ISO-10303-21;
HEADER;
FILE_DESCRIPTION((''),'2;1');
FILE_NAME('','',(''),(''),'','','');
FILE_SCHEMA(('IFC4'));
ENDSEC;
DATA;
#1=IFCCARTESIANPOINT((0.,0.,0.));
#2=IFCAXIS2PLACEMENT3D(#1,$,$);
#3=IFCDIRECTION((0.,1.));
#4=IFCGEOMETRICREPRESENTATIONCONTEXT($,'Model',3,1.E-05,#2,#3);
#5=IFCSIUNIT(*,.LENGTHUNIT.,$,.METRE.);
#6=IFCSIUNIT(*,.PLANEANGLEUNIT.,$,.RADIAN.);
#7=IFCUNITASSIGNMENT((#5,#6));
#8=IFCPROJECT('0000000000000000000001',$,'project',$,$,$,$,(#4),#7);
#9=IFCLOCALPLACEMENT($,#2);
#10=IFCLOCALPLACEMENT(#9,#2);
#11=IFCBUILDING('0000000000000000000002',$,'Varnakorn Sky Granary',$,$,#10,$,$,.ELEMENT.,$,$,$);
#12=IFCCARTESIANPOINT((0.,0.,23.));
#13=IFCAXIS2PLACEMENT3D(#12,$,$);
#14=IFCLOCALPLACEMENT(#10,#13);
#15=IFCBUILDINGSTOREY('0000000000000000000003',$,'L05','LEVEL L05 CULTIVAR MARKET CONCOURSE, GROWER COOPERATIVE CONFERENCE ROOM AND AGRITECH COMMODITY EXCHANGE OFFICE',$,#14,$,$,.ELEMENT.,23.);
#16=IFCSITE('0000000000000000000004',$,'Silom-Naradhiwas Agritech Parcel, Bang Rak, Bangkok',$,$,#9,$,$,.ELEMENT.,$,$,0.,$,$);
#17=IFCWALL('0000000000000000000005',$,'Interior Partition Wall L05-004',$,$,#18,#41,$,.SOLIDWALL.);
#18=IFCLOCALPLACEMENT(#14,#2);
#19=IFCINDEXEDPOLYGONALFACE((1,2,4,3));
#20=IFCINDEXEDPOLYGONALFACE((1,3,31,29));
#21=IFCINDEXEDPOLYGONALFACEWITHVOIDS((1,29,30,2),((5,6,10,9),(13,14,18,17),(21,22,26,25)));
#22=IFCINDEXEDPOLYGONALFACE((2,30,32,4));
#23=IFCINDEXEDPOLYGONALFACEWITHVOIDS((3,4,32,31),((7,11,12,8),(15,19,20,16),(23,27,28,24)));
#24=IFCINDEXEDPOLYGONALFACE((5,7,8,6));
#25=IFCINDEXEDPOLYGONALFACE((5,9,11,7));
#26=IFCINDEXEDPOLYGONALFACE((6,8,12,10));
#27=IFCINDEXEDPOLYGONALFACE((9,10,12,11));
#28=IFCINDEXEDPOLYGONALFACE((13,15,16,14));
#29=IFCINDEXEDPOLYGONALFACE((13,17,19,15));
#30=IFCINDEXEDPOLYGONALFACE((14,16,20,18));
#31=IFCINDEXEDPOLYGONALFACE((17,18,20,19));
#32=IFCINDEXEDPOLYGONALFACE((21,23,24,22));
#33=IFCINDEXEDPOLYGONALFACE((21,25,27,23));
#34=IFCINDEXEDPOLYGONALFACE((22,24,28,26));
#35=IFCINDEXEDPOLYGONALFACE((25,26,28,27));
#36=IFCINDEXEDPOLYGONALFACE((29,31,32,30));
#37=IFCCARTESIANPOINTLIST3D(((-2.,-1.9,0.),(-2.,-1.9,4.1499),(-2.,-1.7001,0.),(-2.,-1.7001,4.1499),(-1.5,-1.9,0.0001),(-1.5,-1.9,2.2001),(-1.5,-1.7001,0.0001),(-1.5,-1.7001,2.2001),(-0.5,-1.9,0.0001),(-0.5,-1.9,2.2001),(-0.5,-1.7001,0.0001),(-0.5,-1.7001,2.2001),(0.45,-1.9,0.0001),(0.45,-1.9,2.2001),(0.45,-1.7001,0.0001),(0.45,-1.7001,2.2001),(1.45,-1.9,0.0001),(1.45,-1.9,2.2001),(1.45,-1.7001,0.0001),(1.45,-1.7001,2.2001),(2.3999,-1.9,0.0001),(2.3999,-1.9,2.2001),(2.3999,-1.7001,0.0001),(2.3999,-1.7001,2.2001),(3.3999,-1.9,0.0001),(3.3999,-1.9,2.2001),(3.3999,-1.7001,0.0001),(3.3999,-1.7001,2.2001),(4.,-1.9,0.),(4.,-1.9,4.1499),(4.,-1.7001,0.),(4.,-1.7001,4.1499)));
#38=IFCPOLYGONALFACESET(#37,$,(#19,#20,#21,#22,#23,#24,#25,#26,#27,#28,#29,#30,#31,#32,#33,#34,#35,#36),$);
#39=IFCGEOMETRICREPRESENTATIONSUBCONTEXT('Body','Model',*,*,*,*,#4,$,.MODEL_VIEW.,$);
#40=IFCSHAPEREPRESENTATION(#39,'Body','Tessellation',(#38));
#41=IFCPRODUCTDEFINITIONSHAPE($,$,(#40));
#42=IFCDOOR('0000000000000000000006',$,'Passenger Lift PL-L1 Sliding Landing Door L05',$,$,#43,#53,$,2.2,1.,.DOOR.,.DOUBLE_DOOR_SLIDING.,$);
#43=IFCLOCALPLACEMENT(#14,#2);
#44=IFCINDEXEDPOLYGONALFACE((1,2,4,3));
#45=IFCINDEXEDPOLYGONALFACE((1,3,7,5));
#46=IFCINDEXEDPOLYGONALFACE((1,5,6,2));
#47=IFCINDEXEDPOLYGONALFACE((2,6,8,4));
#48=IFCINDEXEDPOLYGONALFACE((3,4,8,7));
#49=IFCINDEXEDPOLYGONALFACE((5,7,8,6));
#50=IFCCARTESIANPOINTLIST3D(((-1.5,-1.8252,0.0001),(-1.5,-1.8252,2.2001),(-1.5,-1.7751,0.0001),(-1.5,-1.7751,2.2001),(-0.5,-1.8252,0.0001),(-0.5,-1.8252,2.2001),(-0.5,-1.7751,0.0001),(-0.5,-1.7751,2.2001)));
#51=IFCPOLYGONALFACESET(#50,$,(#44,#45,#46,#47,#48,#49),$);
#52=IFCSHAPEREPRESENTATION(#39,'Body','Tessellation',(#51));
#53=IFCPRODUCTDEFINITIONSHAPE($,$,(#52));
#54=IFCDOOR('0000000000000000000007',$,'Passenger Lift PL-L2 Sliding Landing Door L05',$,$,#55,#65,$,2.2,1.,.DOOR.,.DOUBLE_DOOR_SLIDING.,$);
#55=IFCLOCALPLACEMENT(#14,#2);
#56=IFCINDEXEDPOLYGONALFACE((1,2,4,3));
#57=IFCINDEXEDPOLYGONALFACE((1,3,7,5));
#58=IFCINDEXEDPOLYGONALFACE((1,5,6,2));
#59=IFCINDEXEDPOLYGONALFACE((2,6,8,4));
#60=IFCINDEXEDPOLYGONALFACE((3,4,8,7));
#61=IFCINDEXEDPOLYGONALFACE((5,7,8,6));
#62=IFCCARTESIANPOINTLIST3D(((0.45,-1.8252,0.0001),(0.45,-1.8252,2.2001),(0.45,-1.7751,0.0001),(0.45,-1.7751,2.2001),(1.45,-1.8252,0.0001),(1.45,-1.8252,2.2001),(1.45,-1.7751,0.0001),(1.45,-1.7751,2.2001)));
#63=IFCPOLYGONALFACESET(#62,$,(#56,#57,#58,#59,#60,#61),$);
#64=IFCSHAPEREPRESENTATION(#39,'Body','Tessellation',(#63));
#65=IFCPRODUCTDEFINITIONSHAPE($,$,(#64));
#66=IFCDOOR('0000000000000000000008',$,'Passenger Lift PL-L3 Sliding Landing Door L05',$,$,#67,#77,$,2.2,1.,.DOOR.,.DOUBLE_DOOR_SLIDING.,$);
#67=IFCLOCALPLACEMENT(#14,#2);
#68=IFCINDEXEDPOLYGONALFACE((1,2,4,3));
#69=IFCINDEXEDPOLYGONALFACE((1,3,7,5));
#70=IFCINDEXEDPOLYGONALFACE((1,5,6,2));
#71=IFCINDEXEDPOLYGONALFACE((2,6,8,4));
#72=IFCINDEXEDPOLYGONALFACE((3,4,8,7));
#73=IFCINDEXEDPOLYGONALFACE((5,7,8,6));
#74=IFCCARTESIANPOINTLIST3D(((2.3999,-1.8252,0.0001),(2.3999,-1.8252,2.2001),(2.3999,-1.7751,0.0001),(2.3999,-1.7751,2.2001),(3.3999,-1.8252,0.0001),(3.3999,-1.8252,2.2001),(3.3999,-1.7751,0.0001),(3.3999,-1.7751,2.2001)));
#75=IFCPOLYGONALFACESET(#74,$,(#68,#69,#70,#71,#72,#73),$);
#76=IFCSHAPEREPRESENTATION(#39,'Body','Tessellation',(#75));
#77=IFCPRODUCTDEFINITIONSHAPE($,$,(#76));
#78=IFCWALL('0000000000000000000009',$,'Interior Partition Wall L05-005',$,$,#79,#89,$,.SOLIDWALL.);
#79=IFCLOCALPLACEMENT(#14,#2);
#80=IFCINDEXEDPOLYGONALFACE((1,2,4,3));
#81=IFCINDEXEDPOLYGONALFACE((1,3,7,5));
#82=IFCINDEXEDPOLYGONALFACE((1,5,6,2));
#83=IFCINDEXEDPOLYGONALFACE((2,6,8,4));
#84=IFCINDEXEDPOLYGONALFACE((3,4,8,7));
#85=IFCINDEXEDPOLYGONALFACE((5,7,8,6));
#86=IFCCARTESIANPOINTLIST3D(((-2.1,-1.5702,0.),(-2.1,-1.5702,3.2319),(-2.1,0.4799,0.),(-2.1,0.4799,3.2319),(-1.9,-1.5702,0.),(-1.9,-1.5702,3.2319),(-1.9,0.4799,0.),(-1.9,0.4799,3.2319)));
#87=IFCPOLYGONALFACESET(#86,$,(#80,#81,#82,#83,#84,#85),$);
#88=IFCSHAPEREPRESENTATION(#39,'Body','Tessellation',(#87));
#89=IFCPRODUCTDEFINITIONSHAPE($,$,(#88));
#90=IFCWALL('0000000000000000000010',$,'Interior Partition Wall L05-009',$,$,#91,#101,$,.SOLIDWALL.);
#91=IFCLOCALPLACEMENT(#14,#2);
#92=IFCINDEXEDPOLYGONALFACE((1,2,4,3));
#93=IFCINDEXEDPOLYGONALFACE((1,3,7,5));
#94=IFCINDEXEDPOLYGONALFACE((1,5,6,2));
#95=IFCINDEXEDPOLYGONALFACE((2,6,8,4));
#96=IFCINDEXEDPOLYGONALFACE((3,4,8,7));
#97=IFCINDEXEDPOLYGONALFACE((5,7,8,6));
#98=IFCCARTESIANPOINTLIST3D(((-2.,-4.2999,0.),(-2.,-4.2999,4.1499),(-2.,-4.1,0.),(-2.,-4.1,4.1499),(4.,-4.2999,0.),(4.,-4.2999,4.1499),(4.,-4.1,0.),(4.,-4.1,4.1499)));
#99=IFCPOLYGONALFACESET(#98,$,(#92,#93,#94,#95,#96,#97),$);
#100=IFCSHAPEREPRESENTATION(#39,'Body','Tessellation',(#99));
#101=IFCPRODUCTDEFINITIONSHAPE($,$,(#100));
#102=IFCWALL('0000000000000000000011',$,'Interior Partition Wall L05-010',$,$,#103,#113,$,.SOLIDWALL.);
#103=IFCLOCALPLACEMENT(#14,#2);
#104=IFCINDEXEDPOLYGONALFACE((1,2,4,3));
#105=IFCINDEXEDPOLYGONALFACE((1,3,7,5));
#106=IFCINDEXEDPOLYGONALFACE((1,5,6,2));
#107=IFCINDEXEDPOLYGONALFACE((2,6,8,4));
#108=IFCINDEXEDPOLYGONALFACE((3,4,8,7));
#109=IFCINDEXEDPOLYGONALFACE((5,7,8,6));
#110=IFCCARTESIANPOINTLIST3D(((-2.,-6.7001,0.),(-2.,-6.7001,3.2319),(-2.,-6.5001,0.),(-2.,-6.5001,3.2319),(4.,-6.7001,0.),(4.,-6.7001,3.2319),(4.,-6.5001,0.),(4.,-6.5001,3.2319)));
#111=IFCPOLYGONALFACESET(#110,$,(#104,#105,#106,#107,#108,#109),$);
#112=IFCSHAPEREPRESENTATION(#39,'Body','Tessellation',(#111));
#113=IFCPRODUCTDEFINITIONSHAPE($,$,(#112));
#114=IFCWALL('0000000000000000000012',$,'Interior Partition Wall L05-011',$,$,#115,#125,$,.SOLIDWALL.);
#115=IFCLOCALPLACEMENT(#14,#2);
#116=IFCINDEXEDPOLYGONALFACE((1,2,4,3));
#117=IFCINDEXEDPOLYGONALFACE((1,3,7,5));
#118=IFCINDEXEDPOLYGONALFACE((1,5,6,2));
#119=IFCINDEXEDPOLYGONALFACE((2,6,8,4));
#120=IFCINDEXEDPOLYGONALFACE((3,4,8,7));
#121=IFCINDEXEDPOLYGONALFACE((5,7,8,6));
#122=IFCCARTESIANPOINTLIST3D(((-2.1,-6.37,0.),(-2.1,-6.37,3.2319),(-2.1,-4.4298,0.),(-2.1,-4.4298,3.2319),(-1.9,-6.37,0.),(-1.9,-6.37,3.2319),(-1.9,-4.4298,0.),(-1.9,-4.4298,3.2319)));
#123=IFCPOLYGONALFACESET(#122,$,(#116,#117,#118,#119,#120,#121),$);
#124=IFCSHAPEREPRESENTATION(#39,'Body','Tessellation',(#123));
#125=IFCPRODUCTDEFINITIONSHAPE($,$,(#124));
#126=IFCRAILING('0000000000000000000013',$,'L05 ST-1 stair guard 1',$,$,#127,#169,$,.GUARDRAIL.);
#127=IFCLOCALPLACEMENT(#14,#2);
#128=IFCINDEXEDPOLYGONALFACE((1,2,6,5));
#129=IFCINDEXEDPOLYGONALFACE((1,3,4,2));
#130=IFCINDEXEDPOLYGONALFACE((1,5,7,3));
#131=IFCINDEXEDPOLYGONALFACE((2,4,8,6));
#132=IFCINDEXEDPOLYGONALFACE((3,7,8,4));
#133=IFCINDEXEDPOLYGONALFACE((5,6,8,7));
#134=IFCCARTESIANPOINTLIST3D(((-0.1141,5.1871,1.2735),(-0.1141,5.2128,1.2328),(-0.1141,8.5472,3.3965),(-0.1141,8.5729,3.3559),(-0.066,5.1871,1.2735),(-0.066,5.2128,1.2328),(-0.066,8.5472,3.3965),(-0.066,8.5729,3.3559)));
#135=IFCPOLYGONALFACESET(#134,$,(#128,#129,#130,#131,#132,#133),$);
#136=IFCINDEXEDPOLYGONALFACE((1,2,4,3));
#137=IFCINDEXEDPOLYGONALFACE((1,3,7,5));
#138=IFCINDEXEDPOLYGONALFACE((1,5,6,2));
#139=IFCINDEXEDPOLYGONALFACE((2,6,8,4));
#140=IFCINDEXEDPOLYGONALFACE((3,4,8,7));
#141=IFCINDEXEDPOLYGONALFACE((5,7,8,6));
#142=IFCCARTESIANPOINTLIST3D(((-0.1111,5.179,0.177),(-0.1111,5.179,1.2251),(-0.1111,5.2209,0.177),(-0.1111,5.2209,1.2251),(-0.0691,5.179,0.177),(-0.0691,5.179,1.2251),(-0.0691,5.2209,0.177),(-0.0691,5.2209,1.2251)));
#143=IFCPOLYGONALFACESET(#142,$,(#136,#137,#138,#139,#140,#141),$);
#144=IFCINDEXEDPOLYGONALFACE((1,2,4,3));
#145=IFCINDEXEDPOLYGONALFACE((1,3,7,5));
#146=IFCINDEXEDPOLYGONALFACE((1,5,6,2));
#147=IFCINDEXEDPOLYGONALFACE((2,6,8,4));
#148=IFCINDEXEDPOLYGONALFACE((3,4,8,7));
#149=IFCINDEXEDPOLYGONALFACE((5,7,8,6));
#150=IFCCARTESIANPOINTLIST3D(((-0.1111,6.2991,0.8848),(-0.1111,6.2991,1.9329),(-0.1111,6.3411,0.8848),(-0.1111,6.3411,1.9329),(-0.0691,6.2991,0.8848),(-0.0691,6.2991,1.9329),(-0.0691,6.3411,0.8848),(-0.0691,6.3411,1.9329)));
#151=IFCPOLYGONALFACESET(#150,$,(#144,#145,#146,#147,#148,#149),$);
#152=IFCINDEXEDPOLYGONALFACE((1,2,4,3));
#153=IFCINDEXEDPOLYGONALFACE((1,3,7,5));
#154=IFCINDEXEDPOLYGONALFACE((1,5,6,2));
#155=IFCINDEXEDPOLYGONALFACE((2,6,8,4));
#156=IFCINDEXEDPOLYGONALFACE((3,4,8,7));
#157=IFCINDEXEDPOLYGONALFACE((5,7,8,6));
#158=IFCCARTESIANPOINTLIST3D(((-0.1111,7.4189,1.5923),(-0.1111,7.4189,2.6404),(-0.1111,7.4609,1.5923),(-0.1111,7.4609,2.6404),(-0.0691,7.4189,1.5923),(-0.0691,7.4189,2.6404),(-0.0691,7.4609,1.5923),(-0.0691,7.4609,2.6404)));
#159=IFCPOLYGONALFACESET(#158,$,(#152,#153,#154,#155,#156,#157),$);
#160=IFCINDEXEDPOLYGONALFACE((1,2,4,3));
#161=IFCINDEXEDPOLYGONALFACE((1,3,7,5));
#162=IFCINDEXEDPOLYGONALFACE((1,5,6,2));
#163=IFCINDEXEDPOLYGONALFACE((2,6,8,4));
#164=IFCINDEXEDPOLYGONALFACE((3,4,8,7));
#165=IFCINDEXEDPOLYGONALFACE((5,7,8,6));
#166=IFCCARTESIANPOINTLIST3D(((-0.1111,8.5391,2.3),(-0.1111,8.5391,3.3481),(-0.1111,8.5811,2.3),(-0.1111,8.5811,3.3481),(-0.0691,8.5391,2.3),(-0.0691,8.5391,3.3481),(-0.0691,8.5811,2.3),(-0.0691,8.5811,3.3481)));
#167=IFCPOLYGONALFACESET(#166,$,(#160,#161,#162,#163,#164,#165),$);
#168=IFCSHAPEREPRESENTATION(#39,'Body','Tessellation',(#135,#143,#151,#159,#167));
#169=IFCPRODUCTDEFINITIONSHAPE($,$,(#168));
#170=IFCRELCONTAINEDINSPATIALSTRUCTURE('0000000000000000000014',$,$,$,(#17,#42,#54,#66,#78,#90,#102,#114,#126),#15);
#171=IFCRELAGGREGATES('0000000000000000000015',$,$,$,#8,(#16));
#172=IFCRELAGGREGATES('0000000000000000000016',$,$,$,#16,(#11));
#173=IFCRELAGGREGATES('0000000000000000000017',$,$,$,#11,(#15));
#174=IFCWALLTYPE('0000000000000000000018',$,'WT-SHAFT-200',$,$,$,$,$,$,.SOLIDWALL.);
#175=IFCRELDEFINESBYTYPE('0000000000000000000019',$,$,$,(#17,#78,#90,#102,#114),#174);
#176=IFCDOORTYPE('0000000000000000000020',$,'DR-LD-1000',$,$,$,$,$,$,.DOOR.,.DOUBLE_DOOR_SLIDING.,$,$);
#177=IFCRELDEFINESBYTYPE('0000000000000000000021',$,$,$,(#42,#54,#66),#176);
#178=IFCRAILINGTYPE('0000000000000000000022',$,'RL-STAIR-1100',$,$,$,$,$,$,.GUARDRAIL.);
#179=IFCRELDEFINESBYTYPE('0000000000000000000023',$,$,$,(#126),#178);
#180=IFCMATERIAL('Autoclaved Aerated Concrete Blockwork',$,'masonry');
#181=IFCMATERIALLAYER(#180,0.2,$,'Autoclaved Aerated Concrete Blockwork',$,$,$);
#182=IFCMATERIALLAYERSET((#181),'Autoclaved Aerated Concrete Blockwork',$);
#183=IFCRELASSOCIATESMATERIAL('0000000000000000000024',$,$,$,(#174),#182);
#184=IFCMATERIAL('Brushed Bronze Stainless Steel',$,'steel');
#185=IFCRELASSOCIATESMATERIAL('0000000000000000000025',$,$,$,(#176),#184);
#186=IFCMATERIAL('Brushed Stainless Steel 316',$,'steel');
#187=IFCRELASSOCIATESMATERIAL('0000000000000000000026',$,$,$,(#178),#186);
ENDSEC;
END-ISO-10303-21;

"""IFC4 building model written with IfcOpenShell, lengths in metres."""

from ifc_helpers import new_model, si_unit, direction, frame, frame_2d, origin, origin_2d, place, context, subcontext, project, spatial, rectangle, extrude, material, layer, layer_set, type_object, element, fill, save


model = new_model("IFC4")

# Units and contexts
model_context = context("Model", 3, precision=1e-05, world=origin(), true_north=direction((0.0, 1.0)))
body_context = subcontext(model_context, "Body", "Model", "MODEL_VIEW")
ifc_project = project(units=[si_unit("LENGTHUNIT", "METRE"), si_unit("PLANEANGLEUNIT", "RADIAN")], contexts=[model_context])

# Site, building, storey
site_placement = place(None, origin())
site = spatial("IfcSite", under=ifc_project, at=site_placement, Name="Silom-Naradhiwas Agritech Parcel, Bang Rak, Bangkok", CompositionType="ELEMENT", RefElevation=0.0)
building_placement = place(site_placement, origin())
building = spatial("IfcBuilding", under=site, at=building_placement, Name="Varnakorn Sky Granary", CompositionType="ELEMENT")
storey_placement = place(building_placement, frame((0.0, 0.0, 23.0)))
storey = spatial("IfcBuildingStorey", under=building, at=storey_placement, Name="L05", Description="LEVEL L05 CULTIVAR MARKET CONCOURSE, GROWER COOPERATIVE CONFERENCE ROOM AND AGRITECH COMMODITY EXCHANGE OFFICE", CompositionType="ELEMENT", Elevation=23.0)

# Shared definitions
ifc_material_1 = material(Name="Brushed Bronze Stainless Steel", Category="steel")

# Shared definitions
ifc_material_2 = material(Name="Autoclaved Aerated Concrete Blockwork", Category="masonry")

# Wall, openings, doors
ifc_layer_1 = layer(ifc_material_2, 0.2, Name="Autoclaved Aerated Concrete Blockwork")
ifc_layer_set_1 = layer_set([ifc_layer_1], Name="Autoclaved Aerated Concrete Blockwork")
wall_type_1 = type_object("IfcWallType", Name="WT-SHAFT-200", PredefinedType="SOLIDWALL", material=ifc_layer_set_1)
wall_1_placement = place(storey_placement, frame((-2.0, -1.8, 0.0), z_axis=(0.0, 0.0, 1.0), x_axis=(1.0, 0.0, 0.0)))
wall_1 = element("IfcWall", 1, at=wall_1_placement, inside=storey, type_object=wall_type_1, Name="Interior Partition Wall L05-004", PredefinedType="SOLIDWALL", context=body_context, shape_type="SweptSolid", body=[
    extrude(rectangle(XDim=6.0, YDim=0.2, at=frame_2d((3.0, 0.0))), origin(), (0.0, 0.0, 1.0), 4.1499),
])
opening_1_placement = place(wall_1_placement, frame((0.5, 0.0, 0.0)))
opening_1 = element("IfcOpeningElement", 2, at=opening_1_placement, cuts=wall_1, PredefinedType="OPENING", context=body_context, shape_type="SweptSolid", body=[
    extrude(rectangle(XDim=1.0, YDim=2.2, at=frame_2d((0.5, 1.1001))), frame((0.0, 0.1099, 0.0), z_axis=(0.0, -1.0, 0.0), x_axis=(1.0, 0.0, 0.0)), (0.0, 0.0, 1.0), 0.22),
])
opening_2_placement = place(wall_1_placement, frame((2.45, 0.0, 0.0)))
opening_2 = element("IfcOpeningElement", 3, at=opening_2_placement, cuts=wall_1, PredefinedType="OPENING", context=body_context, shape_type="SweptSolid", body=[
    extrude(rectangle(XDim=1.0, YDim=2.2, at=frame_2d((0.5, 1.1001))), frame((0.0, 0.1099, 0.0), z_axis=(0.0, -1.0, 0.0), x_axis=(1.0, 0.0, 0.0)), (0.0, 0.0, 1.0), 0.22),
])
opening_3_placement = place(wall_1_placement, frame((4.3999, 0.0, 0.0)))
opening_3 = element("IfcOpeningElement", 4, at=opening_3_placement, cuts=wall_1, PredefinedType="OPENING", context=body_context, shape_type="SweptSolid", body=[
    extrude(rectangle(XDim=1.0, YDim=2.2, at=frame_2d((0.5, 1.1001))), frame((0.0, 0.1099, 0.0), z_axis=(0.0, -1.0, 0.0), x_axis=(1.0, 0.0, 0.0)), (0.0, 0.0, 1.0), 0.22),
])
door_type_1 = type_object("IfcDoorType", Name="DR-LD-1000", OperationType="DOUBLE_DOOR_SLIDING", PredefinedType="DOOR", material=ifc_material_1)
door_1_placement = place(opening_1_placement, origin())
door_1 = element("IfcDoor", 5, at=door_1_placement, inside=storey, type_object=door_type_1, Name="Passenger Lift PL-L1 Sliding Landing Door L05", OperationType="DOUBLE_DOOR_SLIDING", OverallHeight=2.2, OverallWidth=1.0, PredefinedType="DOOR", context=body_context, shape_type="SweptSolid", body=[
    extrude(rectangle(XDim=1.0, YDim=2.2, at=frame_2d((0.5, 1.1001))), frame((0.0, 0.0249, 0.0), z_axis=(0.0, -1.0, 0.0), x_axis=(1.0, 0.0, 0.0)), (0.0, 0.0, 1.0), 0.05),
])
fill(opening_1, door_1)
door_2_placement = place(opening_2_placement, origin())
door_2 = element("IfcDoor", 6, at=door_2_placement, inside=storey, type_object=door_type_1, Name="Passenger Lift PL-L2 Sliding Landing Door L05", OperationType="DOUBLE_DOOR_SLIDING", OverallHeight=2.2, OverallWidth=1.0, PredefinedType="DOOR", context=body_context, shape_type="SweptSolid", body=[
    extrude(rectangle(XDim=1.0, YDim=2.2, at=frame_2d((0.5, 1.1001))), frame((0.0, 0.0249, 0.0), z_axis=(0.0, -1.0, 0.0), x_axis=(1.0, 0.0, 0.0)), (0.0, 0.0, 1.0), 0.05),
])
fill(opening_2, door_2)
door_3_placement = place(opening_3_placement, origin())
door_3 = element("IfcDoor", 7, at=door_3_placement, inside=storey, type_object=door_type_1, Name="Passenger Lift PL-L3 Sliding Landing Door L05", OperationType="DOUBLE_DOOR_SLIDING", OverallHeight=2.2, OverallWidth=1.0, PredefinedType="DOOR", context=body_context, shape_type="SweptSolid", body=[
    extrude(rectangle(XDim=1.0, YDim=2.2, at=frame_2d((0.5, 1.1001))), frame((0.0, 0.0249, 0.0), z_axis=(0.0, -1.0, 0.0), x_axis=(1.0, 0.0, 0.0)), (0.0, 0.0, 1.0), 0.05),
])
fill(opening_3, door_3)

# Walls
wall_2_placement = place(storey_placement, frame((-2.0, -1.5701, 0.0), z_axis=(0.0, 0.0, 1.0), x_axis=(0.0, 1.0, 0.0)))
element("IfcWall", 8, at=wall_2_placement, inside=storey, type_object=wall_type_1, Name="Interior Partition Wall L05-005", PredefinedType="SOLIDWALL", context=body_context, shape_type="SweptSolid", body=[
    extrude(rectangle(XDim=2.05, YDim=0.2, at=frame_2d((1.0249, 0.0))), origin(), (0.0, 0.0, 1.0), 3.2319),
])
wall_3_placement = place(storey_placement, frame((-2.0, -4.2, 0.0), z_axis=(0.0, 0.0, 1.0), x_axis=(1.0, 0.0, 0.0)))
element("IfcWall", 9, at=wall_3_placement, inside=storey, type_object=wall_type_1, Name="Interior Partition Wall L05-009", PredefinedType="SOLIDWALL", context=body_context, shape_type="SweptSolid", body=[
    extrude(rectangle(XDim=6.0, YDim=0.2, at=frame_2d((3.0, 0.0))), origin(), (0.0, 0.0, 1.0), 4.1499),
])
wall_4_placement = place(storey_placement, frame((-2.0, -6.6001, 0.0), z_axis=(0.0, 0.0, 1.0), x_axis=(1.0, 0.0, 0.0)))
element("IfcWall", 10, at=wall_4_placement, inside=storey, type_object=wall_type_1, Name="Interior Partition Wall L05-010", PredefinedType="SOLIDWALL", context=body_context, shape_type="SweptSolid", body=[
    extrude(rectangle(XDim=6.0, YDim=0.2, at=frame_2d((3.0, 0.0))), origin(), (0.0, 0.0, 1.0), 3.2319),
])
wall_5_placement = place(storey_placement, frame((-2.0, -6.3701, 0.0), z_axis=(0.0, 0.0, 1.0), x_axis=(0.0, 1.0, 0.0)))
element("IfcWall", 11, at=wall_5_placement, inside=storey, type_object=wall_type_1, Name="Interior Partition Wall L05-011", PredefinedType="SOLIDWALL", context=body_context, shape_type="SweptSolid", body=[
    extrude(rectangle(XDim=1.9402, YDim=0.2, at=frame_2d((0.9702, 0.0))), origin(), (0.0, 0.0, 1.0), 3.2319),
])

# Railing
ifc_material_3 = material(Name="Brushed Stainless Steel 316", Category="steel")
railing_type = type_object("IfcRailingType", Name="RL-STAIR-1100", PredefinedType="GUARDRAIL", material=ifc_material_3)
railing_1_placement = place(storey_placement, frame((-0.0901, 5.2, 0.177)))
element("IfcRailing", 12, at=railing_1_placement, inside=storey, type_object=railing_type, Name="L05 ST-1 stair guard 1", PredefinedType="GUARDRAIL", context=body_context, shape_type="SweptSolid", body=[
    extrude(rectangle(XDim=0.0481, YDim=0.0481, at=origin_2d()), frame((0.0, 0.0, 1.0762), z_axis=(0.0, 0.84539, 0.53415), x_axis=(-1.0, 0.0, 0.0)), (0.0, 0.0, 1.0), 3.9746),
    extrude(rectangle(XDim=0.042, YDim=0.042, at=origin_2d()), origin(), (0.0, 0.0, 1.0), 1.0481),
    extrude(rectangle(XDim=0.042, YDim=0.042, at=origin_2d()), frame((0.0, 1.1201, 0.7078)), (0.0, 0.0, 1.0), 1.0481),
    extrude(rectangle(XDim=0.042, YDim=0.042, at=origin_2d()), frame((0.0, 2.24, 1.4153)), (0.0, 0.0, 1.0), 1.0481),
    extrude(rectangle(XDim=0.042, YDim=0.042, at=origin_2d()), frame((0.0, 3.3601, 2.123)), (0.0, 0.0, 1.0), 1.0481),
])

save(model, "model.ifc")
